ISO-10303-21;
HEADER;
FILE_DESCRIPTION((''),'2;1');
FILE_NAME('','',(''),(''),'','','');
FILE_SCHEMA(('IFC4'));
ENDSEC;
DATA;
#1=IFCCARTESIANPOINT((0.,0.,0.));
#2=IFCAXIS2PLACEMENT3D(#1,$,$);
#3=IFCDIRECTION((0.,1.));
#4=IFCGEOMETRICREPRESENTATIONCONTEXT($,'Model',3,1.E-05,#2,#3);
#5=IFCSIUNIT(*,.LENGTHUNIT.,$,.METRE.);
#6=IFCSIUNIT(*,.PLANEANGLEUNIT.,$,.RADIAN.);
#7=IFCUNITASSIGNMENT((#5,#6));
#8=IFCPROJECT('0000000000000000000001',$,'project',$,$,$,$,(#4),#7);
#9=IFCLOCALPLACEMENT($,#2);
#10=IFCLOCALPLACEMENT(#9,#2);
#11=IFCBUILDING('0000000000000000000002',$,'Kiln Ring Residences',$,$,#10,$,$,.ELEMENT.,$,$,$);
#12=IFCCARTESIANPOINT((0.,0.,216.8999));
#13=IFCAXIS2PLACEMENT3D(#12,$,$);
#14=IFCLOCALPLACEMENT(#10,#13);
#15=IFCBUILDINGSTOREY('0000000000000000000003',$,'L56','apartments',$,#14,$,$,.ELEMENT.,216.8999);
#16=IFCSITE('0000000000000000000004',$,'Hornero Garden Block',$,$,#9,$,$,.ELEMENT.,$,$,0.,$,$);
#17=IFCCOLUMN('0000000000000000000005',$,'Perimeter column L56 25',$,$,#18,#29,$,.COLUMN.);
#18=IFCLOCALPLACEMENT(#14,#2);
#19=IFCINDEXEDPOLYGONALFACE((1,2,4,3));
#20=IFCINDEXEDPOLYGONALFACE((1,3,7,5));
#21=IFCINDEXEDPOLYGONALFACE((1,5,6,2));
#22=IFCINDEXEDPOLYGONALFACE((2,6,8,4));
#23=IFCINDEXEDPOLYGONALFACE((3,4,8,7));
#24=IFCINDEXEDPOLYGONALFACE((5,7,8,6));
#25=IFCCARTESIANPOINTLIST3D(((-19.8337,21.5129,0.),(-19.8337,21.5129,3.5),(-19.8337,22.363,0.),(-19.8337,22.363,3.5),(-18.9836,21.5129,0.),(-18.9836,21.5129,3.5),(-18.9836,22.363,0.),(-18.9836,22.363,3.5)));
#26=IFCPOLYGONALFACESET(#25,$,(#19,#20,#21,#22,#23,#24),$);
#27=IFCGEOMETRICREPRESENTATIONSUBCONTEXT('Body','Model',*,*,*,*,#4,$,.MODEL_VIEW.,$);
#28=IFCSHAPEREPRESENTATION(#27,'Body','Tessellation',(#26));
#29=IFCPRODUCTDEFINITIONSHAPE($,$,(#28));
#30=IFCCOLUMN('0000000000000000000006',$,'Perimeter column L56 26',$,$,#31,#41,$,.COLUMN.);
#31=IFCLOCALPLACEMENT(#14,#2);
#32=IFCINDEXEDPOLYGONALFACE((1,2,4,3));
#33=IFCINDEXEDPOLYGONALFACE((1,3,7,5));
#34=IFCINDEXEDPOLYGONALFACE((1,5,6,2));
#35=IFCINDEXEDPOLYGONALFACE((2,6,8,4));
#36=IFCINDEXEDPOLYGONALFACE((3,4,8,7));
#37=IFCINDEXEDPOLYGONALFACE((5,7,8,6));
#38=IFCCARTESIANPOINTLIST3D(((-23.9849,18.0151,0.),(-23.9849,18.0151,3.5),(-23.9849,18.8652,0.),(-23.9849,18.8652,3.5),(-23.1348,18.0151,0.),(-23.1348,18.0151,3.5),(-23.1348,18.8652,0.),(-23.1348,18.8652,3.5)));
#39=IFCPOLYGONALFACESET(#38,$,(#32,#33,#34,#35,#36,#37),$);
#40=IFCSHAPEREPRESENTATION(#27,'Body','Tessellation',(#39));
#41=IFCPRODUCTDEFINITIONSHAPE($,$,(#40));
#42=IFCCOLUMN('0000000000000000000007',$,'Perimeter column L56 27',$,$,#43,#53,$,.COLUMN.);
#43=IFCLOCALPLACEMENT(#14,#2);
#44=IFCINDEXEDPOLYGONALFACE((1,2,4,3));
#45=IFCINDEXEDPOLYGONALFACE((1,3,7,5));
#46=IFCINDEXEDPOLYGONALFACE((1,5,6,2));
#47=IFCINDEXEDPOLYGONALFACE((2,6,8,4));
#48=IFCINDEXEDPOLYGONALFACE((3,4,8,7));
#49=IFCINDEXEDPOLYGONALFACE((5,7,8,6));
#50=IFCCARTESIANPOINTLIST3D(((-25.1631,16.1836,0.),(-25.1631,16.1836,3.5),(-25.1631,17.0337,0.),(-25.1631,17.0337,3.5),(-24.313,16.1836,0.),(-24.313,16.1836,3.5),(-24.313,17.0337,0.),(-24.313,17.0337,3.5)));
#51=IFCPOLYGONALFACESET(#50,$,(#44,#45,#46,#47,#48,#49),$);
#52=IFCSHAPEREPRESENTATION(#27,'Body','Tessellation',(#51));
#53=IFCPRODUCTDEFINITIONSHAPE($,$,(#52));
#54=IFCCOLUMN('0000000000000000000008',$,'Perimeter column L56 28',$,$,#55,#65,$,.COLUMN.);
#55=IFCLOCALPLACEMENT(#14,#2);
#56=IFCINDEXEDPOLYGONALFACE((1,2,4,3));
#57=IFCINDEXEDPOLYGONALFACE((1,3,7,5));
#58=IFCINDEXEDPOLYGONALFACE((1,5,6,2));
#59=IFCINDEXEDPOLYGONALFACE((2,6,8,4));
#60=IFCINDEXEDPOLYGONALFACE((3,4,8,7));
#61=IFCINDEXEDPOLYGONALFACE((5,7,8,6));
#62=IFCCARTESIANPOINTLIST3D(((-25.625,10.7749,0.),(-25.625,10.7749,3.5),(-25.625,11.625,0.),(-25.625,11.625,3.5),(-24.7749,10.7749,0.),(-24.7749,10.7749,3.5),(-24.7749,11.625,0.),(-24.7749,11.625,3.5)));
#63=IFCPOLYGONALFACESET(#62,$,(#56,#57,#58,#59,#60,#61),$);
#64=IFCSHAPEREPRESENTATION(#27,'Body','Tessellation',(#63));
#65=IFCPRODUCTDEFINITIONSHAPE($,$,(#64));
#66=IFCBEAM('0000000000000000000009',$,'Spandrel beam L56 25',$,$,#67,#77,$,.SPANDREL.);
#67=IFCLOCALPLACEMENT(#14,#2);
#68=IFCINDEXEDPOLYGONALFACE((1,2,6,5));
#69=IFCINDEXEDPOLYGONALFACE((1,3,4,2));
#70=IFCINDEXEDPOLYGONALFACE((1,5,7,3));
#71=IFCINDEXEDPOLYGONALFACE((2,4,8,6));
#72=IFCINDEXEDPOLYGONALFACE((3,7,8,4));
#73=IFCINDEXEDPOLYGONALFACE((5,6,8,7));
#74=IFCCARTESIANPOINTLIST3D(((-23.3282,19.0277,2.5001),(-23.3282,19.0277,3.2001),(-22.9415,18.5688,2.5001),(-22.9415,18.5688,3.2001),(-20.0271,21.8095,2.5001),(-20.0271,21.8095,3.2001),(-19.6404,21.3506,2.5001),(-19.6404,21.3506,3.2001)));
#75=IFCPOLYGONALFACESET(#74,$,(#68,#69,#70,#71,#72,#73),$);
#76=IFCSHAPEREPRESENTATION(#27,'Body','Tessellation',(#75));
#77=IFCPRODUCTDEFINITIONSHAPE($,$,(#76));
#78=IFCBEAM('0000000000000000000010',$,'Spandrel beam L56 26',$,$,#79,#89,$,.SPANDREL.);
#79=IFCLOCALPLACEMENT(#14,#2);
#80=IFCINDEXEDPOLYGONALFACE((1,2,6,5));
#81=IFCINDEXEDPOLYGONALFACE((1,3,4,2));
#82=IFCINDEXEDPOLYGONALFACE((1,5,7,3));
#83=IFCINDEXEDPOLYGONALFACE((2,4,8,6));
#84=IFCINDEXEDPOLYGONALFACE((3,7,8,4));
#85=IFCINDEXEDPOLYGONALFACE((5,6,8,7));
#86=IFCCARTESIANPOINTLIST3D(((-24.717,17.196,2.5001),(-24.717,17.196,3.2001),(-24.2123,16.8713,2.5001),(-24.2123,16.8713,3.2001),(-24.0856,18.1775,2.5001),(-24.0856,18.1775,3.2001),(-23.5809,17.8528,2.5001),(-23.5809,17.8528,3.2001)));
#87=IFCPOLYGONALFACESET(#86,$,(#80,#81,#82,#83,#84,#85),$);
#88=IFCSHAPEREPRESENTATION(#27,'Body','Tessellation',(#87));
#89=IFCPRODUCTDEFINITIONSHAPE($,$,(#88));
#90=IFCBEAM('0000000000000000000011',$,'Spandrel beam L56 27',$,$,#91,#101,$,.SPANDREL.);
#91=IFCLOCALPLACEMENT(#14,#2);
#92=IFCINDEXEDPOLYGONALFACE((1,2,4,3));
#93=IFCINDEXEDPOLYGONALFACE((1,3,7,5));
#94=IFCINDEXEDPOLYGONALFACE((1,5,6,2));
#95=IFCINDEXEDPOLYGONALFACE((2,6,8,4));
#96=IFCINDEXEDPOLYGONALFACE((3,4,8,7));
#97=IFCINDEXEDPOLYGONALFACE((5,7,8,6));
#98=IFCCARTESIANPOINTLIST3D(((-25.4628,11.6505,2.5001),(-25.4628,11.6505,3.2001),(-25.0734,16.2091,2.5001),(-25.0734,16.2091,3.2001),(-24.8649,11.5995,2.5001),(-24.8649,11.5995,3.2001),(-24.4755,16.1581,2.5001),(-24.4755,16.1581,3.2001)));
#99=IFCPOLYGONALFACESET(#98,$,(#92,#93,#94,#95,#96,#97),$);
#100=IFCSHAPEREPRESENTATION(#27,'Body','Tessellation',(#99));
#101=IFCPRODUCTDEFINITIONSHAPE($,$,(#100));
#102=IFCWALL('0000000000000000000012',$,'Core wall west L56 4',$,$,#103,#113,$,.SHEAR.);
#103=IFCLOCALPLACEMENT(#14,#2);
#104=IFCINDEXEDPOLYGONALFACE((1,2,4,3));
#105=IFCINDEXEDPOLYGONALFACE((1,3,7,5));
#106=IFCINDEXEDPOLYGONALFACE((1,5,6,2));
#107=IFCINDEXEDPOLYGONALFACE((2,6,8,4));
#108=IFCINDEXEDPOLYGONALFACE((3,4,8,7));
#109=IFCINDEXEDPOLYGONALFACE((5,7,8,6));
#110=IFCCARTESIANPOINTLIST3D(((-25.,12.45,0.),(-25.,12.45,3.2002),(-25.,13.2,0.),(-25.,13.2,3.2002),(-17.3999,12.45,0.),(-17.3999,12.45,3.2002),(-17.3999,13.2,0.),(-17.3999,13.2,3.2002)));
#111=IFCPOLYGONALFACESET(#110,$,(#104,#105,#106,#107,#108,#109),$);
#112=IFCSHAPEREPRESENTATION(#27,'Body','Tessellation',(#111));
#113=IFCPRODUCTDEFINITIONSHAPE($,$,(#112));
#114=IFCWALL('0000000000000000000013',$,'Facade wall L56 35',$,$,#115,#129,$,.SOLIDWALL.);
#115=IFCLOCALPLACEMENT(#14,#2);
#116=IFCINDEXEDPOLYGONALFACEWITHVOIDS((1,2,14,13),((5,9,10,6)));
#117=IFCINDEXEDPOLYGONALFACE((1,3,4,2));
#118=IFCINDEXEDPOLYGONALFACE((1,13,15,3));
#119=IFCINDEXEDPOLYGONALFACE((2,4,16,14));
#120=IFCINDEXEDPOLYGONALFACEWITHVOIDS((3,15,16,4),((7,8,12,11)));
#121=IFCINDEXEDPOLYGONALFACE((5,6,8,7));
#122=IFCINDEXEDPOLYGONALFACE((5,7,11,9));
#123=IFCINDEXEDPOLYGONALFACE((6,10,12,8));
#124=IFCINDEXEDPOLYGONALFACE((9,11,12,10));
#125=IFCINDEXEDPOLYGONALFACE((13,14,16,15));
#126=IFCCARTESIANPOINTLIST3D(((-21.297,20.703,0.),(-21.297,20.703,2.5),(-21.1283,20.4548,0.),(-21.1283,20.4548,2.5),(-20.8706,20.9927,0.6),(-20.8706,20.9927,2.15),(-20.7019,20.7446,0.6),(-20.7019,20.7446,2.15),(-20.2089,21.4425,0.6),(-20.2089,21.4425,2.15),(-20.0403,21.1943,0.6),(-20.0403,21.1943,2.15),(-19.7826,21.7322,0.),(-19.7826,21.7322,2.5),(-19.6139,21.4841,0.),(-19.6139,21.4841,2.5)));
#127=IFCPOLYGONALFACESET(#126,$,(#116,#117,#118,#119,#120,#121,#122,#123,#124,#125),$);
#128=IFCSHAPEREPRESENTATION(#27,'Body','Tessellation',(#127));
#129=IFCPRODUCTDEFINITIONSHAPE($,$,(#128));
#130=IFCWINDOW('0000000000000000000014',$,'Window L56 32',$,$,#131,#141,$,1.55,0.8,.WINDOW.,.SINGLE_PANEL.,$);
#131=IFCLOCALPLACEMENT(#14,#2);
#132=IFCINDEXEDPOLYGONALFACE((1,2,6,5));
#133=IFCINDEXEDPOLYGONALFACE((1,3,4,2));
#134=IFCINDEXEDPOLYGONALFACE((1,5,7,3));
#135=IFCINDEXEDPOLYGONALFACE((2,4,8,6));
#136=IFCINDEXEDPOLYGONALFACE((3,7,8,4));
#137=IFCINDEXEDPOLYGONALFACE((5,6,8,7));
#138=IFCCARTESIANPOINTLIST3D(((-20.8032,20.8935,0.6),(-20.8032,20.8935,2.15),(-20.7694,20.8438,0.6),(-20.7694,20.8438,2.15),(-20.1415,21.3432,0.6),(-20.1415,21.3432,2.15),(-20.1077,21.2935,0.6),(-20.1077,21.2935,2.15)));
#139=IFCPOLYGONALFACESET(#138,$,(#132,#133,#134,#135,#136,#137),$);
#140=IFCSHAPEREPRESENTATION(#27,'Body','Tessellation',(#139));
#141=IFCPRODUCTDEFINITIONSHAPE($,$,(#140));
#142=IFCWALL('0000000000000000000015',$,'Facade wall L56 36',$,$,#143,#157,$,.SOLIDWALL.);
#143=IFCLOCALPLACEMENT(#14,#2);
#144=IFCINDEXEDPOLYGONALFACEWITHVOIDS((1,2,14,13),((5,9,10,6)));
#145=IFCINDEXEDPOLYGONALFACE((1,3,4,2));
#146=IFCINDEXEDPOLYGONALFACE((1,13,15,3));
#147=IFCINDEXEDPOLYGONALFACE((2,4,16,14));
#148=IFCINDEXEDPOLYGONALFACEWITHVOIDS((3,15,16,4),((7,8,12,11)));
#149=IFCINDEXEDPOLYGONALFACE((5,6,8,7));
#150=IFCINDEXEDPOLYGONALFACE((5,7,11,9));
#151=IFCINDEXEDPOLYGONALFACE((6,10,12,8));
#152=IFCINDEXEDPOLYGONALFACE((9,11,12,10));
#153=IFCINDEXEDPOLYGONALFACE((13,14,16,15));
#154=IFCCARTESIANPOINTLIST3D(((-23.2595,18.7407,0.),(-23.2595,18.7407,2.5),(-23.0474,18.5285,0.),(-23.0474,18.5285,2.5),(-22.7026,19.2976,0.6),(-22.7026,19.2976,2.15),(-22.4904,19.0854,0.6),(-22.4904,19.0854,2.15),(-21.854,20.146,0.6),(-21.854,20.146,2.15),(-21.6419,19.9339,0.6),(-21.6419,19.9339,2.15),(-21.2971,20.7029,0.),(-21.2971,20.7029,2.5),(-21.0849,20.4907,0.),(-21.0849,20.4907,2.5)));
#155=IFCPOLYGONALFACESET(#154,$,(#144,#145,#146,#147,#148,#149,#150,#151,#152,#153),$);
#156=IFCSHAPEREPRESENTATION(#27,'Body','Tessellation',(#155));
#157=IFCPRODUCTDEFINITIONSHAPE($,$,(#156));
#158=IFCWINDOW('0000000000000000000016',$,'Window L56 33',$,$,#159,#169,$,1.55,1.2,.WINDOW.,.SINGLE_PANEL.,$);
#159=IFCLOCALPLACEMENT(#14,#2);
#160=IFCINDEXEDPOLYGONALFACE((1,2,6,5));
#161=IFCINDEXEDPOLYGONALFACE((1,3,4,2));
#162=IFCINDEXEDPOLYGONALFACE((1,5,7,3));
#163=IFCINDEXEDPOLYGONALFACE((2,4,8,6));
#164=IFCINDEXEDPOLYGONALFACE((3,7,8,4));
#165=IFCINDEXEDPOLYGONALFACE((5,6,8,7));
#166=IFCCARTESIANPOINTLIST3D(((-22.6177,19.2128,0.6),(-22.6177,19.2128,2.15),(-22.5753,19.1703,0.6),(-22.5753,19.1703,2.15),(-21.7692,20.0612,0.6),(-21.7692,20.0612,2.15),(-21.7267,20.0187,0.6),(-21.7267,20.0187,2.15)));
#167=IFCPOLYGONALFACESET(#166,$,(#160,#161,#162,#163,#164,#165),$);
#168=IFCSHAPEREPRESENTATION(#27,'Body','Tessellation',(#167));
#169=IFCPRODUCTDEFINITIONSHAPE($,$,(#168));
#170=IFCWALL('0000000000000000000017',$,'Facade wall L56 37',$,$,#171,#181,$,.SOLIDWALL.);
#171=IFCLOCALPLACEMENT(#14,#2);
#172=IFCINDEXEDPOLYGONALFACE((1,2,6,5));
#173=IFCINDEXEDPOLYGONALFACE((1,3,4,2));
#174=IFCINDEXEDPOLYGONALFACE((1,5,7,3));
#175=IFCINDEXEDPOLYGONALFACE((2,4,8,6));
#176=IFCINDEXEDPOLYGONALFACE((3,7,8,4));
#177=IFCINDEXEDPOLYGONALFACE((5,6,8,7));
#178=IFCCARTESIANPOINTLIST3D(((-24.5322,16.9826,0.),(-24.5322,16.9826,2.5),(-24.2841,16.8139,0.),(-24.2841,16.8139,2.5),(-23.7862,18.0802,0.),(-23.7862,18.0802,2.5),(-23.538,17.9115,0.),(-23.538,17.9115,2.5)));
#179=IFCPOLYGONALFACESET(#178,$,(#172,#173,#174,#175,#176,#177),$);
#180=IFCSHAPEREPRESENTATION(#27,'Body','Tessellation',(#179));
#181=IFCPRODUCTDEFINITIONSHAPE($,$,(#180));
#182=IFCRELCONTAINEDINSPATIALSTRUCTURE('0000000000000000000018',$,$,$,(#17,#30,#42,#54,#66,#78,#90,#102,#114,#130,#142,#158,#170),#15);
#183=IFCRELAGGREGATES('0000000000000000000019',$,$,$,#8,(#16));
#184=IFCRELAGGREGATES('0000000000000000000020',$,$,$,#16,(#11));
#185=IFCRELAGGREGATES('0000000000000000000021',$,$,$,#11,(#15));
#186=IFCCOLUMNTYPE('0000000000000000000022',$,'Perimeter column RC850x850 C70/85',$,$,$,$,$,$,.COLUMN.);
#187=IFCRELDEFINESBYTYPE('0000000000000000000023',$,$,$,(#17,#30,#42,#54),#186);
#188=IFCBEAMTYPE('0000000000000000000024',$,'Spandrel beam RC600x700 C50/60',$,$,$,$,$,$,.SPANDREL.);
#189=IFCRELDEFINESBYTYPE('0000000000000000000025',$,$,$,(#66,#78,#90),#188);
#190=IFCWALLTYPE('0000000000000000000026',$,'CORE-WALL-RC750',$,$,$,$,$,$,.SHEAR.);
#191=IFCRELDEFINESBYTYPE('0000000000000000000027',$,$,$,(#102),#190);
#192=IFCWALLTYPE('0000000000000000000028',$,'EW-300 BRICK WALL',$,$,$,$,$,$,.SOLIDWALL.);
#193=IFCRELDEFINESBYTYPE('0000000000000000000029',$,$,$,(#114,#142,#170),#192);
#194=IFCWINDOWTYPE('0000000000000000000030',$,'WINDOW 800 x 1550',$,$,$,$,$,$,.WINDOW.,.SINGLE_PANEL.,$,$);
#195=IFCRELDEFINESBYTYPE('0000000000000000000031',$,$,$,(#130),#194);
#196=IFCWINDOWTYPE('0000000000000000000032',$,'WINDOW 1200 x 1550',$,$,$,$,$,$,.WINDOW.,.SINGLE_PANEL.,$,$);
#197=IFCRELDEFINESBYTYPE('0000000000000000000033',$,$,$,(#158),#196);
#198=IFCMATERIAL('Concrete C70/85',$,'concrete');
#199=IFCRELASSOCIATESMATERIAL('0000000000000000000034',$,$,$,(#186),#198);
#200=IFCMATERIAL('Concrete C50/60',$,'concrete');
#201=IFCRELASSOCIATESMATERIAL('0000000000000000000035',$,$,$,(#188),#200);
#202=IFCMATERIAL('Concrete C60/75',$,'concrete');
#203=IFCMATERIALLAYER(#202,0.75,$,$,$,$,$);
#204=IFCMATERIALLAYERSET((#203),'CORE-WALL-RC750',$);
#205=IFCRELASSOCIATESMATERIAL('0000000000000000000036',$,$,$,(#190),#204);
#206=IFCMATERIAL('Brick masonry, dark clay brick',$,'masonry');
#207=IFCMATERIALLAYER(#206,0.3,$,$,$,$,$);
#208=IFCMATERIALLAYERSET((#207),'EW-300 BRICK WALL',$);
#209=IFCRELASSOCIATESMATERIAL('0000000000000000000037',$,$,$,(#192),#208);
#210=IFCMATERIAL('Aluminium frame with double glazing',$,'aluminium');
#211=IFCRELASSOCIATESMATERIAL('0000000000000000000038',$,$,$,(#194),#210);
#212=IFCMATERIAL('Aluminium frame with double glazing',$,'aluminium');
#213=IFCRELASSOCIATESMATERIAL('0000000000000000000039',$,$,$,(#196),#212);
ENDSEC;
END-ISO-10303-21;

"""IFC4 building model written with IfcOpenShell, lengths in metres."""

from ifc_helpers import new_model, si_unit, direction, frame, frame_2d, origin, origin_2d, place, context, subcontext, project, spatial, rectangle, extrude, material, layer, layer_set, material_profile, profile_set, type_object, element, fill, save


model = new_model("IFC4")

# Units and contexts
model_context = context("Model", 3, precision=1e-05, world=origin(), true_north=direction((0.0, 1.0)))
body_context = subcontext(model_context, "Body", "Model", "MODEL_VIEW")
ifc_project = project(units=[si_unit("LENGTHUNIT", "METRE"), si_unit("PLANEANGLEUNIT", "RADIAN")], contexts=[model_context])

# Site, building, storey
site_placement = place(None, origin())
site = spatial("IfcSite", under=ifc_project, at=site_placement, Name="Hornero Garden Block", CompositionType="ELEMENT", RefElevation=0.0)
building_placement = place(site_placement, origin())
building = spatial("IfcBuilding", under=site, at=building_placement, Name="Kiln Ring Residences", CompositionType="ELEMENT")
storey_placement = place(building_placement, frame((0.0, 0.0, 216.8999)))
storey = spatial("IfcBuildingStorey", under=building, at=storey_placement, Name="L56", Description="apartments", CompositionType="ELEMENT", Elevation=216.8999)

# Columns
ifc_material_1 = material(Name="Concrete C70/85", Category="concrete")
ifc_material_profile_1 = material_profile(ifc_material_1, rectangle(XDim=0.8501, YDim=0.8501, at=origin_2d()), Name="RC850x850")
ifc_profile_set_1 = profile_set([ifc_material_profile_1], Name="Concrete C70/85")
column_type = type_object("IfcColumnType", Name="Perimeter column RC850x850 C70/85", PredefinedType="COLUMN", material=ifc_profile_set_1)
for number, where, z_axis, x_axis, name in (
    (1, (-19.4087, 21.938, 0.0), (0.0, 0.0, 1.0), (1.0, 0.0, 0.0), "Perimeter column L56 25"),
    (2, (-23.5598, 18.4402, 0.0), (0.0, 0.0, 1.0), (1.0, 0.0, 0.0), "Perimeter column L56 26"),
    (3, (-24.738, 16.6086, 0.0), (0.0, 0.0, 1.0), (1.0, 0.0, 0.0), "Perimeter column L56 27"),
    (4, (-25.2, 11.2, 0.0), (0.0, 0.0, 1.0), (1.0, 0.0, 0.0), "Perimeter column L56 28"),
):
    element("IfcColumn", number, at=place(storey_placement, frame(where, z_axis=z_axis, x_axis=x_axis)), inside=storey, type_object=column_type, Name=name, PredefinedType="COLUMN", context=body_context, shape_type="SweptSolid", body=[
        extrude(rectangle(XDim=0.8501, YDim=0.8501, at=origin_2d()), origin(), (0.0, 0.0, 1.0), 3.5),
    ])

# Beams
ifc_material_2 = material(Name="Concrete C50/60", Category="concrete")
ifc_material_profile_2 = material_profile(ifc_material_2, rectangle(XDim=0.6001, YDim=0.7, at=origin_2d()), Name="RC600x700")
ifc_profile_set_2 = profile_set([ifc_material_profile_2], Name="Concrete C50/60")
beam_type = type_object("IfcBeamType", Name="Spandrel beam RC600x700 C50/60", PredefinedType="SPANDREL", material=ifc_profile_set_2)
beam_1_placement = place(storey_placement, frame((-19.8337, 21.5801, 2.8501), z_axis=(-0.764691, -0.644397, 0.0), x_axis=(0.644397, -0.764691, 0.0)))
element("IfcBeam", 5, at=beam_1_placement, inside=storey, type_object=beam_type, Name="Spandrel beam L56 25", PredefinedType="SPANDREL", context=body_context, shape_type="SweptSolid", body=[
    extrude(rectangle(XDim=0.6001, YDim=0.7, at=origin_2d()), origin(), (0.0, 0.0, 1.0), 4.3169),
])
beam_2_placement = place(storey_placement, frame((-23.8333, 18.0151, 2.8501), z_axis=(-0.541011, -0.841015, 0.0), x_axis=(0.841015, -0.541011, 0.0)))
element("IfcBeam", 6, at=beam_2_placement, inside=storey, type_object=beam_type, Name="Spandrel beam L56 26", PredefinedType="SPANDREL", context=body_context, shape_type="SweptSolid", body=[
    extrude(rectangle(XDim=0.6001, YDim=0.7, at=origin_2d()), origin(), (0.0, 0.0, 1.0), 1.167),
])
beam_3_placement = place(storey_placement, frame((-24.7744, 16.1836, 2.8501), z_axis=(-0.085112, -0.996371, 0.0), x_axis=(0.996371, -0.085112, 0.0)))
element("IfcBeam", 7, at=beam_3_placement, inside=storey, type_object=beam_type, Name="Spandrel beam L56 27", PredefinedType="SPANDREL", context=body_context, shape_type="SweptSolid", body=[
    extrude(rectangle(XDim=0.6001, YDim=0.7, at=origin_2d()), origin(), (0.0, 0.0, 1.0), 4.5752),
])

# Wall
ifc_material_3 = material(Name="Concrete C60/75", Category="concrete")
ifc_layer_1 = layer(ifc_material_3, 0.75)
ifc_layer_set_1 = layer_set([ifc_layer_1], Name="CORE-WALL-RC750")
wall_type_1 = type_object("IfcWallType", Name="CORE-WALL-RC750", PredefinedType="SHEAR", material=ifc_layer_set_1)
wall_1_placement = place(storey_placement, frame((-17.3999, 12.825, 0.0), z_axis=(0.0, 0.0, 1.0), x_axis=(-1.0, 0.0, 0.0)))
element("IfcWall", 8, at=wall_1_placement, inside=storey, type_object=wall_type_1, Name="Core wall west L56 4", PredefinedType="SHEAR", context=body_context, shape_type="SweptSolid", body=[
    extrude(rectangle(XDim=7.6001, YDim=0.75, at=frame_2d((3.8, 0.0))), origin(), (0.0, 0.0, 1.0), 3.2002),
])

# Walls, openings, windows
ifc_material_4 = material(Name="Brick masonry, dark clay brick", Category="masonry")
ifc_layer_2 = layer(ifc_material_4, 0.3)
ifc_layer_set_2 = layer_set([ifc_layer_2], Name="EW-300 BRICK WALL")
wall_type_2 = type_object("IfcWallType", Name="EW-300 BRICK WALL", PredefinedType="SOLIDWALL", material=ifc_layer_set_2)
wall_2_placement = place(storey_placement, frame((-19.6982, 21.6082, 0.0), z_axis=(0.0, 0.0, 1.0), x_axis=(-0.827053, -0.562124, 0.0)))
wall_2 = element("IfcWall", 9, at=wall_2_placement, inside=storey, type_object=wall_type_2, Name="Facade wall L56 35", PredefinedType="SOLIDWALL", context=body_context, shape_type="SweptSolid", body=[
    extrude(rectangle(XDim=1.8311, YDim=0.3, at=frame_2d((0.9155, 0.0))), origin(), (0.0, 0.0, 1.0), 2.5),
])
opening_1_placement = place(wall_2_placement, frame((0.5156, 0.0, 0.6001)))
opening_1 = element("IfcOpeningElement", 10, at=opening_1_placement, cuts=wall_2, PredefinedType="OPENING", context=body_context, shape_type="SweptSolid", body=[
    extrude(rectangle(XDim=0.8, YDim=1.55, at=frame_2d((0.3999, 0.7749))), frame((0.0, 0.1599, 0.0), z_axis=(0.0, -1.0, 0.0), x_axis=(1.0, 0.0, 0.0)), (0.0, 0.0, 1.0), 0.3201),
])
ifc_material_5 = material(Name="Aluminium frame with double glazing", Category="aluminium")
window_type_1 = type_object("IfcWindowType", Name="WINDOW 800 x 1550", PartitioningType="SINGLE_PANEL", PredefinedType="WINDOW", material=ifc_material_5)
window_1_placement = place(opening_1_placement, origin())
window_1 = element("IfcWindow", 11, at=window_1_placement, inside=storey, type_object=window_type_1, Name="Window L56 32", OverallHeight=1.55, OverallWidth=0.8, PartitioningType="SINGLE_PANEL", PredefinedType="WINDOW", context=body_context, shape_type="SweptSolid", body=[
    extrude(rectangle(XDim=0.8, YDim=1.55, at=frame_2d((0.3999, 0.7749))), frame((0.0, 0.03, 0.0), z_axis=(0.0, -1.0, 0.0), x_axis=(1.0, 0.0, 0.0)), (0.0, 0.0, 1.0), 0.0601),
])
fill(opening_1, window_1)
wall_3_placement = place(storey_placement, frame((-21.1909, 20.5969, 0.0), z_axis=(0.0, 0.0, 1.0), x_axis=(-0.707151, -0.707063, 0.0)))
wall_3 = element("IfcWall", 12, at=wall_3_placement, inside=storey, type_object=wall_type_2, Name="Facade wall L56 36", PredefinedType="SOLIDWALL", context=body_context, shape_type="SweptSolid", body=[
    extrude(rectangle(XDim=2.7751, YDim=0.3, at=frame_2d((1.3877, 0.0))), origin(), (0.0, 0.0, 1.0), 2.5),
])
opening_2_placement = place(wall_3_placement, frame((0.7876, 0.0, 0.6001)))
opening_2 = element("IfcOpeningElement", 13, at=opening_2_placement, cuts=wall_3, PredefinedType="OPENING", context=body_context, shape_type="SweptSolid", body=[
    extrude(rectangle(XDim=1.2, YDim=1.55, at=frame_2d((0.6001, 0.7749))), frame((0.0, 0.1599, 0.0), z_axis=(0.0, -1.0, 0.0), x_axis=(1.0, 0.0, 0.0)), (0.0, 0.0, 1.0), 0.3201),
])
ifc_material_6 = material(Name="Aluminium frame with double glazing", Category="aluminium")
window_type_2 = type_object("IfcWindowType", Name="WINDOW 1200 x 1550", PartitioningType="SINGLE_PANEL", PredefinedType="WINDOW", material=ifc_material_6)
window_2_placement = place(opening_2_placement, origin())
window_2 = element("IfcWindow", 14, at=window_2_placement, inside=storey, type_object=window_type_2, Name="Window L56 33", OverallHeight=1.55, OverallWidth=1.2, PartitioningType="SINGLE_PANEL", PredefinedType="WINDOW", context=body_context, shape_type="SweptSolid", body=[
    extrude(rectangle(XDim=1.2, YDim=1.55, at=frame_2d((0.6001, 0.7749))), frame((0.0, 0.03, 0.0), z_axis=(0.0, -1.0, 0.0), x_axis=(1.0, 0.0, 0.0)), (0.0, 0.0, 1.0), 0.0601),
])
fill(opening_2, window_2)

# Wall
wall_4_placement = place(storey_placement, frame((-23.6621, 17.9958, 0.0), z_axis=(0.0, 0.0, 1.0), x_axis=(-0.562149, -0.827036, 0.0)))
element("IfcWall", 15, at=wall_4_placement, inside=storey, type_object=wall_type_2, Name="Facade wall L56 37", PredefinedType="SOLIDWALL", context=body_context, shape_type="SweptSolid", body=[
    extrude(rectangle(XDim=1.3271, YDim=0.3, at=frame_2d((0.6636, 0.0))), origin(), (0.0, 0.0, 1.0), 2.5),
])

save(model, "model.ifc")
